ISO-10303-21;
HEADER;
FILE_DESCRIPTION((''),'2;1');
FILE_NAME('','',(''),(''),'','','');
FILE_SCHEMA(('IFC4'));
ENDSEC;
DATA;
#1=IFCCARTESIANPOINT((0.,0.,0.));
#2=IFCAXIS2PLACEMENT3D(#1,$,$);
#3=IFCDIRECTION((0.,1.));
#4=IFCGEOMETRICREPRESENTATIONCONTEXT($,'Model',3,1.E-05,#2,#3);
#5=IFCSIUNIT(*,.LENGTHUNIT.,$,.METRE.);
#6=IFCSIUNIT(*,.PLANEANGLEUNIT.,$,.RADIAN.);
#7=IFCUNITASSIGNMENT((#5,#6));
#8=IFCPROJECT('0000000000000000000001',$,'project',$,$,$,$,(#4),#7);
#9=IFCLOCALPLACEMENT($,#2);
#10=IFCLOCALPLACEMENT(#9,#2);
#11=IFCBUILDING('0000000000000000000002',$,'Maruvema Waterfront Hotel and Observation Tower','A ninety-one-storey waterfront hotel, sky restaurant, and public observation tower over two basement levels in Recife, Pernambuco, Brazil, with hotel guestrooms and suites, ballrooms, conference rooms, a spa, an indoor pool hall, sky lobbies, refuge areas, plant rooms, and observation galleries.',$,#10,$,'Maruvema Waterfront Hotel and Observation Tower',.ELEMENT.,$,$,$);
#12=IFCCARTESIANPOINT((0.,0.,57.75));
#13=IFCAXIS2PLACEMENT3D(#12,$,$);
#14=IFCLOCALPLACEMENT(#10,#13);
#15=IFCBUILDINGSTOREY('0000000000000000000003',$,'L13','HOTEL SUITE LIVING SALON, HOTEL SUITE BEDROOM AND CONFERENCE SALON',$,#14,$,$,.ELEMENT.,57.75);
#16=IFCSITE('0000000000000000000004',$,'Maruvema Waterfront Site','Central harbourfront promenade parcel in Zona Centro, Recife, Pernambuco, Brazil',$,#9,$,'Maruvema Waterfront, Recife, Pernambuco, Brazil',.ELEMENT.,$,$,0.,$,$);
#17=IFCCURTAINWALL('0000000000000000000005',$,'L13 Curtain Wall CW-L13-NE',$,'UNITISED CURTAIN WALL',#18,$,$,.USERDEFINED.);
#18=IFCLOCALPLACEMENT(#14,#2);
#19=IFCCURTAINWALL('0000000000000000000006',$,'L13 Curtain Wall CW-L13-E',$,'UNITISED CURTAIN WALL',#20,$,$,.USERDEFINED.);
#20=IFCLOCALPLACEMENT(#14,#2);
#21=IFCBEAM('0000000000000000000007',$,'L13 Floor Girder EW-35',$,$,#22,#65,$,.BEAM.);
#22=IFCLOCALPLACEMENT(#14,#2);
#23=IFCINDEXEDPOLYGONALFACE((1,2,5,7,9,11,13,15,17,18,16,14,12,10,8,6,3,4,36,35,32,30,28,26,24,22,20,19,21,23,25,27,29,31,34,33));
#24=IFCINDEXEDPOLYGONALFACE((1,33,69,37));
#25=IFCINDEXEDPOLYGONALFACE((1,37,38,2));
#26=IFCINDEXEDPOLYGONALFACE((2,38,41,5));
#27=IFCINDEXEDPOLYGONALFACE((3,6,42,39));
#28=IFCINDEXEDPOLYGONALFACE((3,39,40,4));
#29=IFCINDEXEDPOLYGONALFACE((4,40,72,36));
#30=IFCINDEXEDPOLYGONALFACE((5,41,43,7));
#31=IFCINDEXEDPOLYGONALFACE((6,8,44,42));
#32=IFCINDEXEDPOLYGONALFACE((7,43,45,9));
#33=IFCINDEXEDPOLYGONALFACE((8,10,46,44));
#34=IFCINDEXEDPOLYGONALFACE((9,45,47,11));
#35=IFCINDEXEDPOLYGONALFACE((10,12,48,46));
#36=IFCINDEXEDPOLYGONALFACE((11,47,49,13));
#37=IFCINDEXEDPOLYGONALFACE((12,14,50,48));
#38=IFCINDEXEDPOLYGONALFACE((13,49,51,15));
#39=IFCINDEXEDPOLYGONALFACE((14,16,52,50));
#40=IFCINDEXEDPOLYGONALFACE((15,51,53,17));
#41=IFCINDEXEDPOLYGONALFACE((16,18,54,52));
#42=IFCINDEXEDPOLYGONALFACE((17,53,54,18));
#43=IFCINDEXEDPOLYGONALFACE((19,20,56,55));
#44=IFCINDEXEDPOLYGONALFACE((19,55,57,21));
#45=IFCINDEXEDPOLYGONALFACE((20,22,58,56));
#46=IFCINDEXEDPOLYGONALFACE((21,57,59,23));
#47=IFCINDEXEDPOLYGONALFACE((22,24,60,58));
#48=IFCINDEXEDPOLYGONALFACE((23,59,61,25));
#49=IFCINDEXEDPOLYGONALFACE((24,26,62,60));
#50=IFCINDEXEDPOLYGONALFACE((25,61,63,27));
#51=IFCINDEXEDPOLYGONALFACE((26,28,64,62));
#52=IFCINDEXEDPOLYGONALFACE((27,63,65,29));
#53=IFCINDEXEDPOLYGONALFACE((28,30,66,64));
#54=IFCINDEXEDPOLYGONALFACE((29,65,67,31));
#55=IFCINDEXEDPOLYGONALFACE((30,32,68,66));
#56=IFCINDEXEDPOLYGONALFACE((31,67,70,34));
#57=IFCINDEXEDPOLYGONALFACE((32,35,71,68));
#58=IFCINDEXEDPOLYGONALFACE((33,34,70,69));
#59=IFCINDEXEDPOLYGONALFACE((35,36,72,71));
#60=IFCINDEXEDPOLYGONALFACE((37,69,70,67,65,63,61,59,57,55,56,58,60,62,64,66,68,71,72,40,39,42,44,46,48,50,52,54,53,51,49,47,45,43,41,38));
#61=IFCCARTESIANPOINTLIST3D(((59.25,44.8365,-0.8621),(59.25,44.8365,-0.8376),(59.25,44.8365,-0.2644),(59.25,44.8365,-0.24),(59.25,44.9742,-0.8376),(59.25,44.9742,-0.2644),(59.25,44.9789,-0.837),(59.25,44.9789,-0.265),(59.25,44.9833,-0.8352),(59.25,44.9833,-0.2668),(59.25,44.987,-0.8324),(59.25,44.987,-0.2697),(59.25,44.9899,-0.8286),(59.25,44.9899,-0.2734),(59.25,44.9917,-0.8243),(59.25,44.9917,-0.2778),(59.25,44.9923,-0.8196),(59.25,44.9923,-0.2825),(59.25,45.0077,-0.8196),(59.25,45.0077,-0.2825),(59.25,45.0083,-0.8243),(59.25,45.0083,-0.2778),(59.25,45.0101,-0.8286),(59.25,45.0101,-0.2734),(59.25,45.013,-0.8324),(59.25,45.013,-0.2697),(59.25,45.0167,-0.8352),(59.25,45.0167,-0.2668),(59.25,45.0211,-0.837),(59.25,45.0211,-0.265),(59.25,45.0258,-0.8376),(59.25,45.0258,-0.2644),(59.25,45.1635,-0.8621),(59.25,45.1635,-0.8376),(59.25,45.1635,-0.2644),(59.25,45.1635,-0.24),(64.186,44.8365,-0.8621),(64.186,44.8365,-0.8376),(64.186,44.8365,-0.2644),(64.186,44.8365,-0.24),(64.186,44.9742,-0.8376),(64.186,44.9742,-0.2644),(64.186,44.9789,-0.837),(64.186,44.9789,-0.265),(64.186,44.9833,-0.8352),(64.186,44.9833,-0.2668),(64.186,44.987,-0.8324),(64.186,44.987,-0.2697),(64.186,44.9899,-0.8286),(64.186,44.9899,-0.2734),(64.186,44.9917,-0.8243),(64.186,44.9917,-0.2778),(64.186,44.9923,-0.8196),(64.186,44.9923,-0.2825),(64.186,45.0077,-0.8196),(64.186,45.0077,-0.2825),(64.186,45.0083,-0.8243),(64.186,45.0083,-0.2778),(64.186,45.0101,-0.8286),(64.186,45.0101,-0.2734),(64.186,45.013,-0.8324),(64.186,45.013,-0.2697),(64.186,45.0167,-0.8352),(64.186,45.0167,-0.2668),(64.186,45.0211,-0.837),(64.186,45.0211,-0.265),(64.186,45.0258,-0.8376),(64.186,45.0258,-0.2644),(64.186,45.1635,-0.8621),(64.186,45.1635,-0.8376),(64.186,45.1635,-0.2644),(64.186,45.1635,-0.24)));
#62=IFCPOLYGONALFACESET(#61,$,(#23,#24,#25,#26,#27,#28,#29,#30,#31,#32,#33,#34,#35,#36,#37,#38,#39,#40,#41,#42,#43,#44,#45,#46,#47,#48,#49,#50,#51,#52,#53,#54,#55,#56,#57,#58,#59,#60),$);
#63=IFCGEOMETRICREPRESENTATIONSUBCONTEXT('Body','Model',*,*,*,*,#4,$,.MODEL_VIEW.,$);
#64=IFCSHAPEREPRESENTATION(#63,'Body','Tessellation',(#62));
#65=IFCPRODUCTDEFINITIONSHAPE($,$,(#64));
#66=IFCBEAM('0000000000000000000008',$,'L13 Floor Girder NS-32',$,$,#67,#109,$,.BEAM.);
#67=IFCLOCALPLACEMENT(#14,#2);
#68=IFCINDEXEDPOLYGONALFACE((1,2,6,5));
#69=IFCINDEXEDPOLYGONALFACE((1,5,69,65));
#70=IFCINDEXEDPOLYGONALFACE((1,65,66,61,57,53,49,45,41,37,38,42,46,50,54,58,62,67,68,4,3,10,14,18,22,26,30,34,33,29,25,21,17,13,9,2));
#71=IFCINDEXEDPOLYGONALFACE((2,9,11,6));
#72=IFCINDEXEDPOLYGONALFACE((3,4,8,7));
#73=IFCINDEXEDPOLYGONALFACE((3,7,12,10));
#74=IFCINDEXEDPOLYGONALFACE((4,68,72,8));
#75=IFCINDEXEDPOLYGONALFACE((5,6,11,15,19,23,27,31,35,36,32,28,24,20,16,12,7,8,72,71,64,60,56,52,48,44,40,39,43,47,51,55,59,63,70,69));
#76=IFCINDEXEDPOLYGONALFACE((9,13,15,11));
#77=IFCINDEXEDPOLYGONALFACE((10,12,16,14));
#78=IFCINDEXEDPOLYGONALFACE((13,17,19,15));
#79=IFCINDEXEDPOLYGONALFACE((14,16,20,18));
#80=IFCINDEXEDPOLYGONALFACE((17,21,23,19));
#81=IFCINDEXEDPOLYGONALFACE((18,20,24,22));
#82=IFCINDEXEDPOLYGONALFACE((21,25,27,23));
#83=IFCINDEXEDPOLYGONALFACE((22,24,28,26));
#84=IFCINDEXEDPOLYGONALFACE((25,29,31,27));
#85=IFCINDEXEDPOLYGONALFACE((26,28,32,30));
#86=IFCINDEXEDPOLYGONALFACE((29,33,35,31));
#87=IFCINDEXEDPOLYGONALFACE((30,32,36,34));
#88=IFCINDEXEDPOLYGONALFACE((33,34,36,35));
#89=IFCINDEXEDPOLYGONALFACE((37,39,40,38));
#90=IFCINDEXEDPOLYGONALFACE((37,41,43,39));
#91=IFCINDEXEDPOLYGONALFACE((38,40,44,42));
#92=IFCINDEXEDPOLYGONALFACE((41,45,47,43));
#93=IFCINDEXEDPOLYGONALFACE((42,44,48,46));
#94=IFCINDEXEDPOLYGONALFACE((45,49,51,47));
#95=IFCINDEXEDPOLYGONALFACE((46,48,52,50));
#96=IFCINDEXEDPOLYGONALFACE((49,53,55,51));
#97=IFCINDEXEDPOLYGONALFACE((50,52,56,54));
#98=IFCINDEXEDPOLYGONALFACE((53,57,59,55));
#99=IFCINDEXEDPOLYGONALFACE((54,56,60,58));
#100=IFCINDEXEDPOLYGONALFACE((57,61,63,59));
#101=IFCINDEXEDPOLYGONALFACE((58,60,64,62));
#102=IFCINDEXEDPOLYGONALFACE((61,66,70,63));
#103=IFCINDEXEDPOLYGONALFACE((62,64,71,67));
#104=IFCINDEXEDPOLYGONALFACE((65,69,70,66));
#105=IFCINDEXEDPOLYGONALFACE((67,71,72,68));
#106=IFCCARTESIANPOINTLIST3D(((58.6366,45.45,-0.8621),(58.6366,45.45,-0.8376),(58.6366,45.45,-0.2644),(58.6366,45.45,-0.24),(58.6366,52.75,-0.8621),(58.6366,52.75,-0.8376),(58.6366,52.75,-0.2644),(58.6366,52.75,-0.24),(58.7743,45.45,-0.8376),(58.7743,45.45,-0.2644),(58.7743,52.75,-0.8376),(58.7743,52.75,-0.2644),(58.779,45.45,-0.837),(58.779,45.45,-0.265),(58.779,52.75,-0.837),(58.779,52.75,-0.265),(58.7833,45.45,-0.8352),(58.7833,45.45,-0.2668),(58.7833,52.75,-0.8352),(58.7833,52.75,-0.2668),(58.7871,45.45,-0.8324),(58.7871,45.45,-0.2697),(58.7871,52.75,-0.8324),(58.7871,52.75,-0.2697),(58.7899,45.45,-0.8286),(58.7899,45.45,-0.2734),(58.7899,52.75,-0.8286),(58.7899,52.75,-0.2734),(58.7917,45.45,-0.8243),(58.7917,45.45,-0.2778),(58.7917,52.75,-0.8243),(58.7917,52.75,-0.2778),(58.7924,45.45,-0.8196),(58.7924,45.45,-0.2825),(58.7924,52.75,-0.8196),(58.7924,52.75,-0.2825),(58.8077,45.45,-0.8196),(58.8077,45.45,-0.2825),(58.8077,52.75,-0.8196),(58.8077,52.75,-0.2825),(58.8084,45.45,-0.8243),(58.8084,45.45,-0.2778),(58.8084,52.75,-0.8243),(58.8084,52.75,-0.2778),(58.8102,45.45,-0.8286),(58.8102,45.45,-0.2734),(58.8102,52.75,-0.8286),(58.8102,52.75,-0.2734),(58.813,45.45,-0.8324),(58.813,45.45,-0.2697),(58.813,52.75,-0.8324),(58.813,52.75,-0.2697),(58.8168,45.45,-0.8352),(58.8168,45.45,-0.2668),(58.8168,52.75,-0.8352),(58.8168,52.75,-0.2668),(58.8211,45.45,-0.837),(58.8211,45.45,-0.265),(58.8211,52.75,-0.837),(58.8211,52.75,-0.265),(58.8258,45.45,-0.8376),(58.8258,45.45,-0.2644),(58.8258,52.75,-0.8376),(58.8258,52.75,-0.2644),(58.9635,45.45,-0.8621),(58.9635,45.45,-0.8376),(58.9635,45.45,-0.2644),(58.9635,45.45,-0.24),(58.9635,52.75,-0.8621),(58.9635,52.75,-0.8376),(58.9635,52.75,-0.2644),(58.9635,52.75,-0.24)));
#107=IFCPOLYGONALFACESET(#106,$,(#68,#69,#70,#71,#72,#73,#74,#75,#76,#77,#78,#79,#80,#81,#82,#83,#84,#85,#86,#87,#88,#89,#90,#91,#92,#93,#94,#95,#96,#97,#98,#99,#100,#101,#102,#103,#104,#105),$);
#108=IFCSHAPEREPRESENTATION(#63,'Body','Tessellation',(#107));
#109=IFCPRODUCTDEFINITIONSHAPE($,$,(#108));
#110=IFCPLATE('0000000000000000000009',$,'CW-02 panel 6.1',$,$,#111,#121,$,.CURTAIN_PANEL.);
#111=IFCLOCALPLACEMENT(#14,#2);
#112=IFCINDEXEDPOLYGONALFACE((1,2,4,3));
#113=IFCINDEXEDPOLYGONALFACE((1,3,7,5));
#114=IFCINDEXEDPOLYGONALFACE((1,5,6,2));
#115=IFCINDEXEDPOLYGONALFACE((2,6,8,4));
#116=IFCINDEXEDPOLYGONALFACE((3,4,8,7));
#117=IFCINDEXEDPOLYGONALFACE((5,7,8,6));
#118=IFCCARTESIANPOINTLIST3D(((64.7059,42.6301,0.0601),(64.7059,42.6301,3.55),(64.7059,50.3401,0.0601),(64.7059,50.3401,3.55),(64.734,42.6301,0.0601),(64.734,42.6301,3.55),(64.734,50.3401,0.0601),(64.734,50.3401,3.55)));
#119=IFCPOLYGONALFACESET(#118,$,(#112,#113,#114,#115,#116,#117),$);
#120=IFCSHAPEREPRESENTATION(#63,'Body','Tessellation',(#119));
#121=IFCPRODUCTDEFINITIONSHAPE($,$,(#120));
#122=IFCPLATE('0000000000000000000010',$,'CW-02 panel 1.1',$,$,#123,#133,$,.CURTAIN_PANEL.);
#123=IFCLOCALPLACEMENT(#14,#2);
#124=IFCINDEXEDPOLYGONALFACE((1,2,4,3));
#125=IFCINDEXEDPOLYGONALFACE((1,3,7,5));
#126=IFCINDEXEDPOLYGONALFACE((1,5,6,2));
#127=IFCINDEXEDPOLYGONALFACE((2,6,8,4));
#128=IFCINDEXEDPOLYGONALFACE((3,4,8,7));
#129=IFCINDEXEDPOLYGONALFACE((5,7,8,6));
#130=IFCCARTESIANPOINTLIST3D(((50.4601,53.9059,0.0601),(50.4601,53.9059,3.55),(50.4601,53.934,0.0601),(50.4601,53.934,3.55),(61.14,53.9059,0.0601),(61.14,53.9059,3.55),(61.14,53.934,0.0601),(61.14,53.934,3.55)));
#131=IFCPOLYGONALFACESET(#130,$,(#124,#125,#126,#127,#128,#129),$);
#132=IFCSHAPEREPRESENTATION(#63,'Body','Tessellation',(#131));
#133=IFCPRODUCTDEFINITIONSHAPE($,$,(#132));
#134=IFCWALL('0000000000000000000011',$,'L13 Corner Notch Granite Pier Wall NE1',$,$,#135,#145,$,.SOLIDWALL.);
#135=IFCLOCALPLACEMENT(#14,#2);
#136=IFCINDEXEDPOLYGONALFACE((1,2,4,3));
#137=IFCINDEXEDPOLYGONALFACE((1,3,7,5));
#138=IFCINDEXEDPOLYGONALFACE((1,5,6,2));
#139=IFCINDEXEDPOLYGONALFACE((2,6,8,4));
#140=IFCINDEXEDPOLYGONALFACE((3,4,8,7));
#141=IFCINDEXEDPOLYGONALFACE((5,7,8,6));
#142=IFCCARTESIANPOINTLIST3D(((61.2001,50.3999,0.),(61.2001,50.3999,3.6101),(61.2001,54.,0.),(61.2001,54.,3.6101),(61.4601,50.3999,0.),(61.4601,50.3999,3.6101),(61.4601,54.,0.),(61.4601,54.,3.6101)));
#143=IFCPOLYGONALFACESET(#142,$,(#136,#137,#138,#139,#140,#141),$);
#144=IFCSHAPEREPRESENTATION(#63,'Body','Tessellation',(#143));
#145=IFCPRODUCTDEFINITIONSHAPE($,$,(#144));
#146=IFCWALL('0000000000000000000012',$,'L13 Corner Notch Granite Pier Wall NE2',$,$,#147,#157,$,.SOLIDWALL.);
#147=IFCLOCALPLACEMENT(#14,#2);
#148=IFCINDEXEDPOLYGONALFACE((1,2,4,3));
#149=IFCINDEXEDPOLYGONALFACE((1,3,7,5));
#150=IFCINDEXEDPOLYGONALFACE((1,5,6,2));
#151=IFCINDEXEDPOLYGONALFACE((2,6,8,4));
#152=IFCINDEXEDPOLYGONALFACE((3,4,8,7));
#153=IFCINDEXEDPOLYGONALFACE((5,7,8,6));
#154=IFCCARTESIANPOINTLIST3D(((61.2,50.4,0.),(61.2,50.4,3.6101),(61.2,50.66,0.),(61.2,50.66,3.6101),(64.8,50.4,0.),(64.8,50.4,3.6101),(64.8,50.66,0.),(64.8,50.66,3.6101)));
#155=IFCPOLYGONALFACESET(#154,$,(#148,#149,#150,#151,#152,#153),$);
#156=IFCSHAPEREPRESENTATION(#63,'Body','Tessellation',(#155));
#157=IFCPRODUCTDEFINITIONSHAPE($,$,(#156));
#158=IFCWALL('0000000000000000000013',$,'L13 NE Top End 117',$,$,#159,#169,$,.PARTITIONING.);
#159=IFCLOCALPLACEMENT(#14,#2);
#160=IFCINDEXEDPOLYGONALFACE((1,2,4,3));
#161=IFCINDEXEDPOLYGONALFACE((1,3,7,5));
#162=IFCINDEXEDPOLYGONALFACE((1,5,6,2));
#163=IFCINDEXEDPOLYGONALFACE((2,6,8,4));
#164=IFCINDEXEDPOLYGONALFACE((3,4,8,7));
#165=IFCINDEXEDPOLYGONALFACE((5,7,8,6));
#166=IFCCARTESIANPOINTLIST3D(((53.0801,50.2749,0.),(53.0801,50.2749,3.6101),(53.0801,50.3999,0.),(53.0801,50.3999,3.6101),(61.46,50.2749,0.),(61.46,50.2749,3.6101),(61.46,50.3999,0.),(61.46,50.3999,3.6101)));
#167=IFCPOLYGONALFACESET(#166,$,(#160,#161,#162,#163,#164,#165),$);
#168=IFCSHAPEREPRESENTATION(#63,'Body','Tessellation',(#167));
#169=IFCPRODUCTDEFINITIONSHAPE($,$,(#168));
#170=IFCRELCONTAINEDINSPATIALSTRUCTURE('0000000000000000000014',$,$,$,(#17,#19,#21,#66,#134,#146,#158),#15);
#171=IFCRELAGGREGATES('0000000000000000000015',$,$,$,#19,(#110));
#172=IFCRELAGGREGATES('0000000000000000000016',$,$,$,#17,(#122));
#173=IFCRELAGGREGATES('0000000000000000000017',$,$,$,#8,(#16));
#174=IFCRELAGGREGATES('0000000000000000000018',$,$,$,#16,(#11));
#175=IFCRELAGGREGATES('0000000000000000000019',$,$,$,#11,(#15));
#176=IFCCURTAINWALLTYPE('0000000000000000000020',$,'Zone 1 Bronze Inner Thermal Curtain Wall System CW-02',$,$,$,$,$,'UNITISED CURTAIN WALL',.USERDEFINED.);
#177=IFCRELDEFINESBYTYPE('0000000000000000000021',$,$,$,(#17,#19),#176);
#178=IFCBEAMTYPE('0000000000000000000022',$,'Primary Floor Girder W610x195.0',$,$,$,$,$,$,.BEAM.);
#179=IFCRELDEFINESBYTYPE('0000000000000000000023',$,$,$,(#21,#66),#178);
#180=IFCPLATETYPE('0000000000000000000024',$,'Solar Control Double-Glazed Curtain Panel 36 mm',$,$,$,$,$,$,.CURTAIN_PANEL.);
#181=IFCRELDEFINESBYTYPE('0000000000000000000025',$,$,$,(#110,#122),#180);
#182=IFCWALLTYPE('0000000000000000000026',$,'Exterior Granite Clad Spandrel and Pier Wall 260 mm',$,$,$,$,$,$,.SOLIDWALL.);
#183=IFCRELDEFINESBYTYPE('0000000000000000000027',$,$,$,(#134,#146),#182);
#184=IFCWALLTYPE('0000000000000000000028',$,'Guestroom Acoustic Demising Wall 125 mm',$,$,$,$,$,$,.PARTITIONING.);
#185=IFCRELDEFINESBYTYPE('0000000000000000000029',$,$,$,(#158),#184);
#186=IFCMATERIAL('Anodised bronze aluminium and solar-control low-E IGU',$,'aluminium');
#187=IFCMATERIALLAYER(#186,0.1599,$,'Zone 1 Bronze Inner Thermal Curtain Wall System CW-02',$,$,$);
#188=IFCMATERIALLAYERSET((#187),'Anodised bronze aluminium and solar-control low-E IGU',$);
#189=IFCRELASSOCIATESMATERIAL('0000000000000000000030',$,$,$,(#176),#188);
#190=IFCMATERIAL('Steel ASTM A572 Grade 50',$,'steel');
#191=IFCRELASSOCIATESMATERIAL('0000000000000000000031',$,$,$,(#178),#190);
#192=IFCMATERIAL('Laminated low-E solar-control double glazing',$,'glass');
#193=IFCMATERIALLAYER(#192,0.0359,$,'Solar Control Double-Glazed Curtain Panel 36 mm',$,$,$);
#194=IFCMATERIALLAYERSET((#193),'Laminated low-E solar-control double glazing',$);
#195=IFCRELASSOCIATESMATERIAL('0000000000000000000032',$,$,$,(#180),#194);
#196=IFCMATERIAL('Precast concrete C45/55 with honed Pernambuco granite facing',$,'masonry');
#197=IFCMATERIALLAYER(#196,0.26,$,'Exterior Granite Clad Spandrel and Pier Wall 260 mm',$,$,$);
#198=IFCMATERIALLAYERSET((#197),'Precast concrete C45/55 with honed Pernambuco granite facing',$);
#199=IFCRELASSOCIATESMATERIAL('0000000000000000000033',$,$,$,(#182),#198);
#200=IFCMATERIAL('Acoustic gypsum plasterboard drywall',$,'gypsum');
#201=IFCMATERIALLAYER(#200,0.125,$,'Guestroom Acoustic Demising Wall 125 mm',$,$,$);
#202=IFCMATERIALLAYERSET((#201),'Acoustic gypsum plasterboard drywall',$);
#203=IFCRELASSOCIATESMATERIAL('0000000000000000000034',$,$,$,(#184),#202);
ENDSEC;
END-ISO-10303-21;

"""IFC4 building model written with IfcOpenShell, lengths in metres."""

from ifc_helpers import new_model, si_unit, direction, frame, frame_2d, origin, origin_2d, place, context, subcontext, project, spatial, rectangle, i_section, extrude, material, layer, layer_set, material_profile, profile_set, type_object, element, aggregate, save


model = new_model("IFC4")

# Units and contexts
model_context = context("Model", 3, precision=1e-05, world=origin(), true_north=direction((0.0, 1.0)))
body_context = subcontext(model_context, "Body", "Model", "MODEL_VIEW")
ifc_project = project(units=[si_unit("LENGTHUNIT", "METRE"), si_unit("PLANEANGLEUNIT", "RADIAN")], contexts=[model_context])

# Site, building, storey
site_placement = place(None, origin())
site = spatial("IfcSite", under=ifc_project, at=site_placement, Name="Maruvema Waterfront Site", Description="Central harbourfront promenade parcel in Zona Centro, Recife, Pernambuco, Brazil", LongName="Maruvema Waterfront, Recife, Pernambuco, Brazil", CompositionType="ELEMENT", RefElevation=0.0)
building_placement = place(site_placement, origin())
building = spatial("IfcBuilding", under=site, at=building_placement, Name="Maruvema Waterfront Hotel and Observation Tower", Description="A ninety-one-storey waterfront hotel, sky restaurant, and public observation tower over two basement levels in Recife, Pernambuco, Brazil, with hotel guestrooms and suites, ballrooms, conference rooms, a spa, an indoor pool hall, sky lobbies, refuge areas, plant rooms, and observation galleries.", LongName="Maruvema Waterfront Hotel and Observation Tower", CompositionType="ELEMENT")
storey_placement = place(building_placement, frame((0.0, 0.0, 57.75)))
storey = spatial("IfcBuildingStorey", under=building, at=storey_placement, Name="L13", Description="HOTEL SUITE LIVING SALON, HOTEL SUITE BEDROOM AND CONFERENCE SALON", CompositionType="ELEMENT", Elevation=57.75)

# Curtain wall
ifc_material_1 = material(Name="Anodised bronze aluminium and solar-control low-E IGU", Category="aluminium")
ifc_layer_1 = layer(ifc_material_1, 0.1599, Name="Zone 1 Bronze Inner Thermal Curtain Wall System CW-02")
ifc_layer_set_1 = layer_set([ifc_layer_1], Name="Anodised bronze aluminium and solar-control low-E IGU")
curtain_wall_type = type_object("IfcCurtainWallType", Name="Zone 1 Bronze Inner Thermal Curtain Wall System CW-02", ElementType="UNITISED CURTAIN WALL", PredefinedType="USERDEFINED", material=ifc_layer_set_1)
curtain_wall_1_placement = place(storey_placement, origin())
curtain_wall_1 = element("IfcCurtainWall", 1, at=curtain_wall_1_placement, inside=storey, type_object=curtain_wall_type, Name="L13 Curtain Wall CW-L13-NE", ObjectType="UNITISED CURTAIN WALL", PredefinedType="USERDEFINED")

# Curtain wall
curtain_wall_2_placement = place(storey_placement, origin())
curtain_wall_2 = element("IfcCurtainWall", 2, at=curtain_wall_2_placement, inside=storey, type_object=curtain_wall_type, Name="L13 Curtain Wall CW-L13-E", ObjectType="UNITISED CURTAIN WALL", PredefinedType="USERDEFINED")

# Beams
ifc_material_2 = material(Name="Steel ASTM A572 Grade 50", Category="steel")
ifc_material_profile_1 = material_profile(ifc_material_2, i_section(OverallWidth=0.3269, OverallDepth=0.6221, WebThickness=0.0154, FlangeThickness=0.0244, FilletRadius=0.0181, at=origin_2d()), Name="W610x195.0")
ifc_profile_set_1 = profile_set([ifc_material_profile_1], Name="Steel ASTM A572 Grade 50")
beam_type = type_object("IfcBeamType", Name="Primary Floor Girder W610x195.0", PredefinedType="BEAM", material=ifc_profile_set_1)
beam_1_placement = place(storey_placement, frame((59.25, 45.0, -0.551), z_axis=(1.0, 0.0, 0.0), x_axis=(0.0, 1.0, 0.0)))
element("IfcBeam", 3, at=beam_1_placement, inside=storey, type_object=beam_type, Name="L13 Floor Girder EW-35", PredefinedType="BEAM", context=body_context, shape_type="SweptSolid", body=[
    extrude(i_section(OverallWidth=0.3269, OverallDepth=0.6221, WebThickness=0.0154, FlangeThickness=0.0244, FilletRadius=0.0181, at=origin_2d()), origin(), (0.0, 0.0, 1.0), 4.936),
])
beam_2_placement = place(storey_placement, frame((58.8, 45.45, -0.551), z_axis=(0.0, 1.0, 0.0), x_axis=(-1.0, 0.0, 0.0)))
element("IfcBeam", 4, at=beam_2_placement, inside=storey, type_object=beam_type, Name="L13 Floor Girder NS-32", PredefinedType="BEAM", context=body_context, shape_type="SweptSolid", body=[
    extrude(i_section(OverallWidth=0.3269, OverallDepth=0.6221, WebThickness=0.0154, FlangeThickness=0.0244, FilletRadius=0.0181, at=origin_2d()), origin(), (0.0, 0.0, 1.0), 7.3),
])

# Plates
ifc_material_3 = material(Name="Laminated low-E solar-control double glazing", Category="glass")
ifc_layer_2 = layer(ifc_material_3, 0.0359, Name="Solar Control Double-Glazed Curtain Panel 36 mm")
ifc_layer_set_2 = layer_set([ifc_layer_2], Name="Laminated low-E solar-control double glazing")
plate_type = type_object("IfcPlateType", Name="Solar Control Double-Glazed Curtain Panel 36 mm", PredefinedType="CURTAIN_PANEL", material=ifc_layer_set_2)
plate_1_placement = place(storey_placement, frame((64.72, 46.4851, 0.0601), z_axis=(0.0, 0.0, 1.0), x_axis=(0.0, 1.0, 0.0)))
plate_1 = element("IfcPlate", 5, at=plate_1_placement, type_object=plate_type, Name="CW-02 panel 6.1", PredefinedType="CURTAIN_PANEL", context=body_context, shape_type="SweptSolid", body=[
    extrude(rectangle(XDim=7.71, YDim=0.0281, at=origin_2d()), origin(), (0.0, 0.0, 1.0), 3.49),
])
aggregate(curtain_wall_2, [plate_1])
plate_2_placement = place(storey_placement, frame((55.8, 53.9199, 0.0601), z_axis=(0.0, 0.0, 1.0), x_axis=(-1.0, 0.0, 0.0)))
plate_2 = element("IfcPlate", 6, at=plate_2_placement, type_object=plate_type, Name="CW-02 panel 1.1", PredefinedType="CURTAIN_PANEL", context=body_context, shape_type="SweptSolid", body=[
    extrude(rectangle(XDim=10.6799, YDim=0.0281, at=origin_2d()), origin(), (0.0, 0.0, 1.0), 3.49),
])
aggregate(curtain_wall_1, [plate_2])

# Walls
ifc_material_4 = material(Name="Precast concrete C45/55 with honed Pernambuco granite facing", Category="masonry")
ifc_layer_3 = layer(ifc_material_4, 0.26, Name="Exterior Granite Clad Spandrel and Pier Wall 260 mm")
ifc_layer_set_3 = layer_set([ifc_layer_3], Name="Precast concrete C45/55 with honed Pernambuco granite facing")
wall_type_1 = type_object("IfcWallType", Name="Exterior Granite Clad Spandrel and Pier Wall 260 mm", PredefinedType="SOLIDWALL", material=ifc_layer_set_3)
for number, where, z_axis, x_axis, name in (
    (7, (61.3301, 54.0, 0.0), (0.0, 0.0, 1.0), (0.0, -1.0, 0.0), "L13 Corner Notch Granite Pier Wall NE1"),
    (8, (61.2, 50.53, 0.0), (0.0, 0.0, 1.0), (1.0, 0.0, 0.0), "L13 Corner Notch Granite Pier Wall NE2"),
):
    element("IfcWall", number, at=place(storey_placement, frame(where, z_axis=z_axis, x_axis=x_axis)), inside=storey, type_object=wall_type_1, Name=name, PredefinedType="SOLIDWALL", context=body_context, shape_type="SweptSolid", body=[
        extrude(rectangle(XDim=3.6001, YDim=0.26, at=frame_2d((1.8, 0.0))), origin(), (0.0, 0.0, 1.0), 3.6101),
    ])
ifc_material_5 = material(Name="Acoustic gypsum plasterboard drywall", Category="gypsum")
ifc_layer_4 = layer(ifc_material_5, 0.125, Name="Guestroom Acoustic Demising Wall 125 mm")
ifc_layer_set_4 = layer_set([ifc_layer_4], Name="Acoustic gypsum plasterboard drywall")
wall_type_2 = type_object("IfcWallType", Name="Guestroom Acoustic Demising Wall 125 mm", PredefinedType="PARTITIONING", material=ifc_layer_set_4)
wall_placement = place(storey_placement, frame((53.0801, 50.3374, 0.0), z_axis=(0.0, 0.0, 1.0), x_axis=(1.0, 0.0, 0.0)))
element("IfcWall", 9, at=wall_placement, inside=storey, type_object=wall_type_2, Name="L13 NE Top End 117", PredefinedType="PARTITIONING", context=body_context, shape_type="SweptSolid", body=[
    extrude(rectangle(XDim=8.3799, YDim=0.125, at=frame_2d((4.1899, 0.0))), origin(), (0.0, 0.0, 1.0), 3.6101),
])

save(model, "model.ifc")
